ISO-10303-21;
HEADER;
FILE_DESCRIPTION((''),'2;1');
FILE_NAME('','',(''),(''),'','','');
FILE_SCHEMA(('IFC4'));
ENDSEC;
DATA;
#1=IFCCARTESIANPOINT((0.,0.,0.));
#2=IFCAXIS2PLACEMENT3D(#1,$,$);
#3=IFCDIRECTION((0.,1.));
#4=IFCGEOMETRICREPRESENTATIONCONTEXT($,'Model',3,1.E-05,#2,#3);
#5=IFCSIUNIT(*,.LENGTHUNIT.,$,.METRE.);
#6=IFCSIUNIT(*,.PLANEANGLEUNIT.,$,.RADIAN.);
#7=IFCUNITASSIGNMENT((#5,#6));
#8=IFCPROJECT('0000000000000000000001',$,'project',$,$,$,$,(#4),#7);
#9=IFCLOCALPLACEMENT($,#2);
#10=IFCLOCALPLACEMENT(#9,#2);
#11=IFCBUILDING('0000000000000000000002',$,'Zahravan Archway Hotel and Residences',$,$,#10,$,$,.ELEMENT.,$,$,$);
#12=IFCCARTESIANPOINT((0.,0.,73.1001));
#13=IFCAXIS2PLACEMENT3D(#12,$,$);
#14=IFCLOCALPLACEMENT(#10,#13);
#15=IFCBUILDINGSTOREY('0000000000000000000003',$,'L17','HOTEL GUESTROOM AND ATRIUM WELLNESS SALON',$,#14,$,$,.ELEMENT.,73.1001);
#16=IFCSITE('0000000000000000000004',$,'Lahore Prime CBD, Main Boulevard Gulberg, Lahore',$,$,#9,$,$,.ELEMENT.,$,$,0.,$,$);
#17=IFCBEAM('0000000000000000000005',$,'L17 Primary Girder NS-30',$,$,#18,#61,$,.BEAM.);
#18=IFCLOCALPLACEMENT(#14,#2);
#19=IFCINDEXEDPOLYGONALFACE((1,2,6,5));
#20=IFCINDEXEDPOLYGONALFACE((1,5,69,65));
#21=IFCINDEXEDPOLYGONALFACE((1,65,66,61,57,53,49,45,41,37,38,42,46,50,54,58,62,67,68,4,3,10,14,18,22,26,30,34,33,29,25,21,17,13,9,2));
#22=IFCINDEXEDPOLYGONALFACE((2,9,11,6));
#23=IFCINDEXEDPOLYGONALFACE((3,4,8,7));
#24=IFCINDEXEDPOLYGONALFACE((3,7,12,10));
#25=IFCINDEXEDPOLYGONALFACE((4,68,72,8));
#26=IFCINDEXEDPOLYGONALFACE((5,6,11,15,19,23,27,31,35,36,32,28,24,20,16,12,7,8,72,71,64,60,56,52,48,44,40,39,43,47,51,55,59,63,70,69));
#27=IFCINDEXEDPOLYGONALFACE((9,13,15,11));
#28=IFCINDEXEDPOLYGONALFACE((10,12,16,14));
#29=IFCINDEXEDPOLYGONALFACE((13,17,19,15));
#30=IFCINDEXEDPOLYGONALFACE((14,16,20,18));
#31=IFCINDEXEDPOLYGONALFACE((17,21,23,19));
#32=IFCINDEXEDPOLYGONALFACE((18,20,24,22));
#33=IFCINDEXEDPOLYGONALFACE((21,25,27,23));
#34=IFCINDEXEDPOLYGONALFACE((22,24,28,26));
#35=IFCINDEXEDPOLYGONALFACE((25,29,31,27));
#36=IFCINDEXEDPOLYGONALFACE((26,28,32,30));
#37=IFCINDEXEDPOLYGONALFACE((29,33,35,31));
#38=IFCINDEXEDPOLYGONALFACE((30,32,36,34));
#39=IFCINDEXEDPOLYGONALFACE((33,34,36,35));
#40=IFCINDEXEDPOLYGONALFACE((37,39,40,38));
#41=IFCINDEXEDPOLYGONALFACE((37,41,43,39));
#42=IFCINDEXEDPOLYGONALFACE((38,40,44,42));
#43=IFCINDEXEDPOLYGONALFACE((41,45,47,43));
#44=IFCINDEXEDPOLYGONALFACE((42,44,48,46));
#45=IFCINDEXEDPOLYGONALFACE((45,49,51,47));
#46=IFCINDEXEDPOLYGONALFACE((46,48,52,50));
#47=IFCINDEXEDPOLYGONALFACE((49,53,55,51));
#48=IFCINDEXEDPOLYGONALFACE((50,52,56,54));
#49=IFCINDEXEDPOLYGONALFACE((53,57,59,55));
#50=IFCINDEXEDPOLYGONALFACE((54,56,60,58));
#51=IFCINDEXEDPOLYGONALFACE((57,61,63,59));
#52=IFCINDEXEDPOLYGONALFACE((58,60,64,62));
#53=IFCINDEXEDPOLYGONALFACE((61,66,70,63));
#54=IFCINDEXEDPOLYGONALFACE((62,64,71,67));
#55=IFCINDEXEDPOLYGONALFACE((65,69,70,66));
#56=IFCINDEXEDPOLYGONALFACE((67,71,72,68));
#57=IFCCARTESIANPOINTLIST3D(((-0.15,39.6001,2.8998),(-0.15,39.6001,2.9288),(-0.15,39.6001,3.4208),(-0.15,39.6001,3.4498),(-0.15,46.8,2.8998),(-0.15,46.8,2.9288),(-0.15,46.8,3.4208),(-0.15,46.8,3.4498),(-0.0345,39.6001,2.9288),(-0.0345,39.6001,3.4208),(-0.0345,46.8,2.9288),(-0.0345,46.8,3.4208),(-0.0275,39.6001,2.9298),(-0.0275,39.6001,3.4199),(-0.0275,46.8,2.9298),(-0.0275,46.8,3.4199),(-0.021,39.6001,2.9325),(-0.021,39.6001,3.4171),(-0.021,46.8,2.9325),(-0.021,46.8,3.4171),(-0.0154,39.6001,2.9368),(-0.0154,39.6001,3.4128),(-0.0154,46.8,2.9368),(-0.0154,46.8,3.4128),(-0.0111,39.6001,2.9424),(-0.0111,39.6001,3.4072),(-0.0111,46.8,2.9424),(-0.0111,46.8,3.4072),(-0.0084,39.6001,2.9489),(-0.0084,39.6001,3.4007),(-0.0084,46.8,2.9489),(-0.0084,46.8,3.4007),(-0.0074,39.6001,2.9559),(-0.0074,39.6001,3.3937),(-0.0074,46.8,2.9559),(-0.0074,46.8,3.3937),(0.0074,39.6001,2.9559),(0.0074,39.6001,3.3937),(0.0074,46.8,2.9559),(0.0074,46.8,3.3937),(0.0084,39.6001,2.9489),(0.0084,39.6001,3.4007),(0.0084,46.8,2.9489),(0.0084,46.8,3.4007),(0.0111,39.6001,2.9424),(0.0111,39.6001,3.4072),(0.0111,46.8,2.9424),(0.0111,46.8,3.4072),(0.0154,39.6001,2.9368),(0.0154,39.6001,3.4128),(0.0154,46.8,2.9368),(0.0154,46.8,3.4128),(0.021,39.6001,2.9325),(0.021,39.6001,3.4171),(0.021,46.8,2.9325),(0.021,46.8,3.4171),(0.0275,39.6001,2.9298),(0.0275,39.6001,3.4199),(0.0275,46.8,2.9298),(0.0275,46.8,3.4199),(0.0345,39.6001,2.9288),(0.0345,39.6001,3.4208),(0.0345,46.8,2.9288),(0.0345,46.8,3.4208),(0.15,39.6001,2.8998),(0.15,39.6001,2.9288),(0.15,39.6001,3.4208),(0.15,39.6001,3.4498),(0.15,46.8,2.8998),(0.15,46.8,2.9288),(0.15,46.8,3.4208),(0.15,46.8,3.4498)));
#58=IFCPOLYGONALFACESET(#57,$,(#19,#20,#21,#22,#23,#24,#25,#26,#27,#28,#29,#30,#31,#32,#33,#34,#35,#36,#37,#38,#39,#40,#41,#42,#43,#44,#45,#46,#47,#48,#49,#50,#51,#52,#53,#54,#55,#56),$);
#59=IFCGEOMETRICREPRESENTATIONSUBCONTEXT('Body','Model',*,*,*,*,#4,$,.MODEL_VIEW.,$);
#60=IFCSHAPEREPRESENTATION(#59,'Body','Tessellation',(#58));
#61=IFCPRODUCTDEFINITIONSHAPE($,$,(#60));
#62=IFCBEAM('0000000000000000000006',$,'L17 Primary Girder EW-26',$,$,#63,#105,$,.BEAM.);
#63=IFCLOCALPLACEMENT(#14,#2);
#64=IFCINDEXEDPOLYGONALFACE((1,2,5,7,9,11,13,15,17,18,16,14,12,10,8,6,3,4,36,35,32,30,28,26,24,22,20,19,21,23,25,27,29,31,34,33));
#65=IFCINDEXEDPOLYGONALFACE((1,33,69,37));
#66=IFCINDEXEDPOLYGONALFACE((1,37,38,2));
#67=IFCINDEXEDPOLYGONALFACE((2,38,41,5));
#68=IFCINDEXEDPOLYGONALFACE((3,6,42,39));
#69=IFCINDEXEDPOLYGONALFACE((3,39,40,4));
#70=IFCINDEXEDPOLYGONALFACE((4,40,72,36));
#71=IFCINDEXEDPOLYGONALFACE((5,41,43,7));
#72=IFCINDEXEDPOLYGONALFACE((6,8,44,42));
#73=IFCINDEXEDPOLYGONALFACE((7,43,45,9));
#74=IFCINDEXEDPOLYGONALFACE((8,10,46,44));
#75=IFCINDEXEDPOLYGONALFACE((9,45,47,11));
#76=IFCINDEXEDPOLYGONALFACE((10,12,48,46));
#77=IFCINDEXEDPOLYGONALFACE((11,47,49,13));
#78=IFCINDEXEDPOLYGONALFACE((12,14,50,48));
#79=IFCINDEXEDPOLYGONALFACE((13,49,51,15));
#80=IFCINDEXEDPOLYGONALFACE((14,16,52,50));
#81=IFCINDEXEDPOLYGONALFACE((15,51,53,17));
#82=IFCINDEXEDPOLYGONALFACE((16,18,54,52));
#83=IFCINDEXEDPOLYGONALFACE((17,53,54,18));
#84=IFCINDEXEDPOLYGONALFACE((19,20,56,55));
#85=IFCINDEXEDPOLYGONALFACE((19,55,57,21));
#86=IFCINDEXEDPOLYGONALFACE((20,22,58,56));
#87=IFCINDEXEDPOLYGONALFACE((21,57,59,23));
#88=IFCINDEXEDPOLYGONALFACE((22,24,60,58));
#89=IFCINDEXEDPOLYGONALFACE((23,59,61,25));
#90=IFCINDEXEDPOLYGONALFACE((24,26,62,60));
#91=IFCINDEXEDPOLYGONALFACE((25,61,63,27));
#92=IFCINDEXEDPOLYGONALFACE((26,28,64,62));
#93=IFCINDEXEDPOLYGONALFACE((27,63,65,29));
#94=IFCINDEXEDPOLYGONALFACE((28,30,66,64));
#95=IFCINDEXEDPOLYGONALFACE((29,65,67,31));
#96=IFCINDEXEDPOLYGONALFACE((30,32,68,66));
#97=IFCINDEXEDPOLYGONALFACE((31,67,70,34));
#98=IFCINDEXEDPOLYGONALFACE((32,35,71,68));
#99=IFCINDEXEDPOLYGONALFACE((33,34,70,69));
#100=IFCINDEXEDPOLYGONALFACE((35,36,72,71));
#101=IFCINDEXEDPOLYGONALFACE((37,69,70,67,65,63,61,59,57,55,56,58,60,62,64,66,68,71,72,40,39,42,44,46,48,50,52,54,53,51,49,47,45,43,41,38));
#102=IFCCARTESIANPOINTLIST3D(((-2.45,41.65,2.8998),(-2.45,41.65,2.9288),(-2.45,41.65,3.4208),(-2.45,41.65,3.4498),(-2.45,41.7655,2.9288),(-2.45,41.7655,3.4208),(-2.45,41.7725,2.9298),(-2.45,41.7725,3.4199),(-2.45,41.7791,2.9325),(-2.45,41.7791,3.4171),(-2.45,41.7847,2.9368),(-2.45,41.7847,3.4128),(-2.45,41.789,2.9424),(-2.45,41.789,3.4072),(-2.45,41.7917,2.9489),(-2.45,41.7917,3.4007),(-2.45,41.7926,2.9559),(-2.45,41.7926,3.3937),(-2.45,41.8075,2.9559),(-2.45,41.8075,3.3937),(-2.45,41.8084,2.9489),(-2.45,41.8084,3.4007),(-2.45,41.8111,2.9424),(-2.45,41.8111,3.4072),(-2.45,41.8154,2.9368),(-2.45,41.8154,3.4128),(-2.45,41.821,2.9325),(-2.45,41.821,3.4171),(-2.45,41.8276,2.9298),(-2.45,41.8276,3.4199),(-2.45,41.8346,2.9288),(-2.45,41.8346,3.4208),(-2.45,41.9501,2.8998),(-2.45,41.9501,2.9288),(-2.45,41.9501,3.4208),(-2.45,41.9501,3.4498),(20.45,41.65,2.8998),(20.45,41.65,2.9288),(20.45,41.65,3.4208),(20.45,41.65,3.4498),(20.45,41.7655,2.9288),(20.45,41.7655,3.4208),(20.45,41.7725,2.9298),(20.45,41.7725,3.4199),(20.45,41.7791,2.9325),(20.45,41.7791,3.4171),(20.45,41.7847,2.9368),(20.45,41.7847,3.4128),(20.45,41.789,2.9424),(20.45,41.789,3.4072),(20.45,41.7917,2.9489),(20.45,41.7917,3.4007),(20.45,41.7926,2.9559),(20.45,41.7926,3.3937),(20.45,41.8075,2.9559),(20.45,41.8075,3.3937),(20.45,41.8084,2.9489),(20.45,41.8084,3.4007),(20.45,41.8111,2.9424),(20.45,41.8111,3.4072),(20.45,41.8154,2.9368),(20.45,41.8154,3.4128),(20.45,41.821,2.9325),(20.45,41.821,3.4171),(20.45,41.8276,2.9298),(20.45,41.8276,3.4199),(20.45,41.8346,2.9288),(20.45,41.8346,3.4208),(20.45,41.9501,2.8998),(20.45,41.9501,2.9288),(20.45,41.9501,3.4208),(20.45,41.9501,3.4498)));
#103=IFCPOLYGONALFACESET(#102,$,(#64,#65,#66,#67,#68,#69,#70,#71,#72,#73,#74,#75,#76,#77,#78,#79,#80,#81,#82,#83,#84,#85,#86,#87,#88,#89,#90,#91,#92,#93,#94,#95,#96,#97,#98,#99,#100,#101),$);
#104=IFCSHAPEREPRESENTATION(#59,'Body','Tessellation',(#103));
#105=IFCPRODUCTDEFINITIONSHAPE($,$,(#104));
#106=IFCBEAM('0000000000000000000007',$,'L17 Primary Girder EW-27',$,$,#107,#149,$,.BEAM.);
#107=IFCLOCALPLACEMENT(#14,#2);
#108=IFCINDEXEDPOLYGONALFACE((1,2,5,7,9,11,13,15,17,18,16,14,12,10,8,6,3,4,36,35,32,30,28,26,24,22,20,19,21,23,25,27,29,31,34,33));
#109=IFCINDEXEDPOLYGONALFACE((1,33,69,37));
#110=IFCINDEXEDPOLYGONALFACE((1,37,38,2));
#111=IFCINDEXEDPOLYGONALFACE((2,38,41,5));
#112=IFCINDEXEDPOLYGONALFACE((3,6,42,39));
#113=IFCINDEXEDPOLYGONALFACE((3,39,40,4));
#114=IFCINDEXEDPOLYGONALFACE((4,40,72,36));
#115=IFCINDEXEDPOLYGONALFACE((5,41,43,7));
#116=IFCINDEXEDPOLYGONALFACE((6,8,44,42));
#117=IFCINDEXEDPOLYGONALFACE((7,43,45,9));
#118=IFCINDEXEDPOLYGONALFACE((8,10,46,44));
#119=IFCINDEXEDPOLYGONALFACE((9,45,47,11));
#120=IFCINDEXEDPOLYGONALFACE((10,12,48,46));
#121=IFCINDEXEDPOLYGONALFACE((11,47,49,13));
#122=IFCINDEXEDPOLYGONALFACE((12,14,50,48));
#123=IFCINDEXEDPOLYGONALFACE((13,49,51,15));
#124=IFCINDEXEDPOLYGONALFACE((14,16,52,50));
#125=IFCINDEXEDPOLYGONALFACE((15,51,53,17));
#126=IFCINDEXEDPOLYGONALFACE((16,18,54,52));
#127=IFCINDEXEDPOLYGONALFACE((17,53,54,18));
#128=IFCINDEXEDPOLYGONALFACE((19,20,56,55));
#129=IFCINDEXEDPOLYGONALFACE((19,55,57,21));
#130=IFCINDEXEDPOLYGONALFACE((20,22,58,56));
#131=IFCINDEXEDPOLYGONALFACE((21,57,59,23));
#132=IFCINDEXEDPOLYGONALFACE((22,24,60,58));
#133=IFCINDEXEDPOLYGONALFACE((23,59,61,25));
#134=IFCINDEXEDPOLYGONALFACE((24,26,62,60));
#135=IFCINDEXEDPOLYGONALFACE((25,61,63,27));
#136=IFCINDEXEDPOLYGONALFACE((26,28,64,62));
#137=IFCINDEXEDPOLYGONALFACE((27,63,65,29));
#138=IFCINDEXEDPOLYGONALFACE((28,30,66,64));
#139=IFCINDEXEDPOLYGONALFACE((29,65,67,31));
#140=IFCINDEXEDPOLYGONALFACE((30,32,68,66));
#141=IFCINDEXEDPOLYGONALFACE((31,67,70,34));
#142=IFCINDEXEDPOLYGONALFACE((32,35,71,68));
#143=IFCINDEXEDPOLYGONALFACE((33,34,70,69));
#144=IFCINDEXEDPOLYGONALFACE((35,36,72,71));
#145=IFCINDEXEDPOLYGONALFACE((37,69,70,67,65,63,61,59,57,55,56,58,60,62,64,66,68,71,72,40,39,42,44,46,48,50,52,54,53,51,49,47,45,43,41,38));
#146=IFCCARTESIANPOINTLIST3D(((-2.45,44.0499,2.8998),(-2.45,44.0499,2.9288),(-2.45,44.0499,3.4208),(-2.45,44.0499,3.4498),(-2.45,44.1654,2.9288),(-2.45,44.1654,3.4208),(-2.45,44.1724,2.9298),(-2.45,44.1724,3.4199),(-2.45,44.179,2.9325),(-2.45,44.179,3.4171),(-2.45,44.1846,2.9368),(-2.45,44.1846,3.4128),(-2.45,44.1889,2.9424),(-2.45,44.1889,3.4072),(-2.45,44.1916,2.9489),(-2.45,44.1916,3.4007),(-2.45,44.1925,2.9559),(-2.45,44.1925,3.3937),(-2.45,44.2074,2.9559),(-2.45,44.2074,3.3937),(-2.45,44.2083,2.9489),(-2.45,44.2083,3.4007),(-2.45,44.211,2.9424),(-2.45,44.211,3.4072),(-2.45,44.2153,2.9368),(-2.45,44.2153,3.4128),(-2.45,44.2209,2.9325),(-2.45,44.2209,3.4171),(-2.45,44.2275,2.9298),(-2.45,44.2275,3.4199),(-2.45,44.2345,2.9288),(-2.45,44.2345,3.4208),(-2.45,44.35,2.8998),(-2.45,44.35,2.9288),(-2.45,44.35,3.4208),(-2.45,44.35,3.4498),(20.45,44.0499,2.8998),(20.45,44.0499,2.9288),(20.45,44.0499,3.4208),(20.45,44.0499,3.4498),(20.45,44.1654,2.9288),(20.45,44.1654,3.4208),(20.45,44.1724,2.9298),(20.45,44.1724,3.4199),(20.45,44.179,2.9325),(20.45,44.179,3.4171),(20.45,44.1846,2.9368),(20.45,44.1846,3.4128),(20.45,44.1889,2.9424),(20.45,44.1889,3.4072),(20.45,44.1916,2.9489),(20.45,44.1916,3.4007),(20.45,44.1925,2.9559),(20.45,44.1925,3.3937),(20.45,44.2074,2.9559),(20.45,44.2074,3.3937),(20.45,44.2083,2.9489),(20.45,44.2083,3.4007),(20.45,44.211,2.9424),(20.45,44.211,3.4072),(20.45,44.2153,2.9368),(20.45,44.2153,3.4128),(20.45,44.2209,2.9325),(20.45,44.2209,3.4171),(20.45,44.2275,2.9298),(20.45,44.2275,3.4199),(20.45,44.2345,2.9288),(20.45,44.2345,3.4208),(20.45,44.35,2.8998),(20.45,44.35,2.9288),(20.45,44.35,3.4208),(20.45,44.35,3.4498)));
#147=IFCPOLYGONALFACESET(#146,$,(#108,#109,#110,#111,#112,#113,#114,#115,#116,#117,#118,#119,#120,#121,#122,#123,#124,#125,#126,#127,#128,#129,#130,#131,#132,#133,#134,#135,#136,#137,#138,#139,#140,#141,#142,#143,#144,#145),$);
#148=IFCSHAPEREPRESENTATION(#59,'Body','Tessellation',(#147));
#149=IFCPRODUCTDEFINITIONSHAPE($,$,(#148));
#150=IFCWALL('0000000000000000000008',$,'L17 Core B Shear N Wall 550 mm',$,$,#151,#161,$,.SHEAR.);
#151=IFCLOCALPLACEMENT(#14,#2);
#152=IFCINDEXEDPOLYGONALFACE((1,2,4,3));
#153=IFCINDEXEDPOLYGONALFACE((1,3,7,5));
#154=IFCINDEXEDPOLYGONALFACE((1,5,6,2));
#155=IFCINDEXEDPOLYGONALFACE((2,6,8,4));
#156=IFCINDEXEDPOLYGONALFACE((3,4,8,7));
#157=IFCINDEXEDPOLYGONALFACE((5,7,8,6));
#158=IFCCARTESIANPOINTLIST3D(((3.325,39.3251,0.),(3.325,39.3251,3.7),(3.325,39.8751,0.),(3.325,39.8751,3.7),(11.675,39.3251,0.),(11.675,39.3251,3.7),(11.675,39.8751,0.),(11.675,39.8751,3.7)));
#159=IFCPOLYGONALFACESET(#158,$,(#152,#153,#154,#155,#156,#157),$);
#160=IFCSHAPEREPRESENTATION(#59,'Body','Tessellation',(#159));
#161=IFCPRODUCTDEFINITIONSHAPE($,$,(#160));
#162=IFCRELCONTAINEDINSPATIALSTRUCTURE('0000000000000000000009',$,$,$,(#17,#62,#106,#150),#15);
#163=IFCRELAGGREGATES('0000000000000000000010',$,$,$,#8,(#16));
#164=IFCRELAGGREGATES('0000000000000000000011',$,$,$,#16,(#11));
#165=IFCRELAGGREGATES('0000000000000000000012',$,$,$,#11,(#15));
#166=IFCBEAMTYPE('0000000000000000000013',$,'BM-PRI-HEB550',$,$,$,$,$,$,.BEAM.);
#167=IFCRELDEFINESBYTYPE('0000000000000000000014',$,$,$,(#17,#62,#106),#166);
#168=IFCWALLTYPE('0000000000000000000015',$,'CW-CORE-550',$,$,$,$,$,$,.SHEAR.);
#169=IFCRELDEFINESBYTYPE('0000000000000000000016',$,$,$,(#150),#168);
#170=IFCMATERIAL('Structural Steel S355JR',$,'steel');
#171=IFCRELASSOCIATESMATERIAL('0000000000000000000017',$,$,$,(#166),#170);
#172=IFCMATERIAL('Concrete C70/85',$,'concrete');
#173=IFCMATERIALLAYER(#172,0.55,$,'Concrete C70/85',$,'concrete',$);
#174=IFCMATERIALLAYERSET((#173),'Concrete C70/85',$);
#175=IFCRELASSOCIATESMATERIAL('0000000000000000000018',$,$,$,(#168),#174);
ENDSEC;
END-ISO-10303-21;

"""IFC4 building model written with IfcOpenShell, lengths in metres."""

from ifc_helpers import new_model, si_unit, direction, frame, frame_2d, origin, origin_2d, place, context, subcontext, project, spatial, rectangle, i_section, extrude, source, transform, mapped, material, layer, layer_set, material_profile, profile_set, type_object, element, save


model = new_model("IFC4")

# Units and contexts
model_context = context("Model", 3, precision=1e-05, world=origin(), true_north=direction((0.0, 1.0)))
body_context = subcontext(model_context, "Body", "Model", "MODEL_VIEW")
ifc_project = project(units=[si_unit("LENGTHUNIT", "METRE"), si_unit("PLANEANGLEUNIT", "RADIAN")], contexts=[model_context])

# Site, building, storey
site_placement = place(None, origin())
site = spatial("IfcSite", under=ifc_project, at=site_placement, Name="Lahore Prime CBD, Main Boulevard Gulberg, Lahore", CompositionType="ELEMENT", RefElevation=0.0)
building_placement = place(site_placement, origin())
building = spatial("IfcBuilding", under=site, at=building_placement, Name="Zahravan Archway Hotel and Residences", CompositionType="ELEMENT")
storey_placement = place(building_placement, frame((0.0, 0.0, 73.1001)))
storey = spatial("IfcBuildingStorey", under=building, at=storey_placement, Name="L17", Description="HOTEL GUESTROOM AND ATRIUM WELLNESS SALON", CompositionType="ELEMENT", Elevation=73.1001)

# Shared definitions
ifc_material_1 = material(Name="Concrete C70/85", Category="concrete")

# Beams
ifc_material_2 = material(Name="Structural Steel S355JR", Category="steel")
ifc_material_profile_1 = material_profile(ifc_material_2, i_section(OverallWidth=0.3, OverallDepth=0.55, WebThickness=0.0149, FlangeThickness=0.0291, FilletRadius=0.0271, at=origin_2d()), Name="HEB 550", Category="steel")
ifc_profile_set_1 = profile_set([ifc_material_profile_1], Name="Structural Steel S355JR")
beam_type_1 = type_object("IfcBeamType", Name="BM-PRI-HEB550", PredefinedType="BEAM", material=ifc_profile_set_1)
shared_shape_1 = source(origin(), body_context, "Body", "SweptSolid", [
    extrude(i_section(OverallWidth=0.3, OverallDepth=0.55, WebThickness=0.0149, FlangeThickness=0.0291, FilletRadius=0.0271, at=origin_2d()), origin(), (0.0, 0.0, 1.0), 7.2),
])
for number, where, z_axis, x_axis, name in (
    (1, (0.0, 39.6001, 3.1748), (0.0, 1.0, 0.0), (-1.0, 0.0, 0.0), "L17 Primary Girder NS-30"),
):
    element("IfcBeam", number, at=place(storey_placement, frame(where, z_axis=z_axis, x_axis=x_axis)), inside=storey, type_object=beam_type_1, Name=name, PredefinedType="BEAM", context=body_context, shape_type="MappedRepresentation", body=[
        mapped(shared_shape_1, transform((0.0, 0.0, 0.0), scale=1.0)),
    ])
shared_shape_2 = source(origin(), body_context, "Body", "SweptSolid", [
    extrude(i_section(OverallWidth=0.3, OverallDepth=0.55, WebThickness=0.0149, FlangeThickness=0.0291, FilletRadius=0.0271, at=origin_2d()), origin(), (0.0, 0.0, 1.0), 22.8999),
])
for number, where, z_axis, x_axis, name in (
    (2, (-2.45, 41.8, 3.1748), (1.0, 0.0, 0.0), (0.0, 1.0, 0.0), "L17 Primary Girder EW-26"),
    (3, (-2.45, 44.2, 3.1748), (1.0, 0.0, 0.0), (0.0, 1.0, 0.0), "L17 Primary Girder EW-27"),
):
    element("IfcBeam", number, at=place(storey_placement, frame(where, z_axis=z_axis, x_axis=x_axis)), inside=storey, type_object=beam_type_1, Name=name, PredefinedType="BEAM", context=body_context, shape_type="MappedRepresentation", body=[
        mapped(shared_shape_2, transform((0.0, 0.0, 0.0), scale=1.0)),
    ])

# Wall
ifc_layer_1 = layer(ifc_material_1, 0.55, Name="Concrete C70/85", Category="concrete")
ifc_layer_set_1 = layer_set([ifc_layer_1], Name="Concrete C70/85")
wall_type_1 = type_object("IfcWallType", Name="CW-CORE-550", PredefinedType="SHEAR", material=ifc_layer_set_1)
wall_1_placement = place(storey_placement, frame((3.325, 39.6001, 0.0), z_axis=(0.0, 0.0, 1.0), x_axis=(1.0, 0.0, 0.0)))
element("IfcWall", 4, at=wall_1_placement, inside=storey, type_object=wall_type_1, Name="L17 Core B Shear N Wall 550 mm", PredefinedType="SHEAR", context=body_context, shape_type="SweptSolid", body=[
    extrude(rectangle(XDim=8.3501, YDim=0.55, at=frame_2d((4.175, 0.0))), origin(), (0.0, 0.0, 1.0), 3.7),
])

save(model, "model.ifc")
